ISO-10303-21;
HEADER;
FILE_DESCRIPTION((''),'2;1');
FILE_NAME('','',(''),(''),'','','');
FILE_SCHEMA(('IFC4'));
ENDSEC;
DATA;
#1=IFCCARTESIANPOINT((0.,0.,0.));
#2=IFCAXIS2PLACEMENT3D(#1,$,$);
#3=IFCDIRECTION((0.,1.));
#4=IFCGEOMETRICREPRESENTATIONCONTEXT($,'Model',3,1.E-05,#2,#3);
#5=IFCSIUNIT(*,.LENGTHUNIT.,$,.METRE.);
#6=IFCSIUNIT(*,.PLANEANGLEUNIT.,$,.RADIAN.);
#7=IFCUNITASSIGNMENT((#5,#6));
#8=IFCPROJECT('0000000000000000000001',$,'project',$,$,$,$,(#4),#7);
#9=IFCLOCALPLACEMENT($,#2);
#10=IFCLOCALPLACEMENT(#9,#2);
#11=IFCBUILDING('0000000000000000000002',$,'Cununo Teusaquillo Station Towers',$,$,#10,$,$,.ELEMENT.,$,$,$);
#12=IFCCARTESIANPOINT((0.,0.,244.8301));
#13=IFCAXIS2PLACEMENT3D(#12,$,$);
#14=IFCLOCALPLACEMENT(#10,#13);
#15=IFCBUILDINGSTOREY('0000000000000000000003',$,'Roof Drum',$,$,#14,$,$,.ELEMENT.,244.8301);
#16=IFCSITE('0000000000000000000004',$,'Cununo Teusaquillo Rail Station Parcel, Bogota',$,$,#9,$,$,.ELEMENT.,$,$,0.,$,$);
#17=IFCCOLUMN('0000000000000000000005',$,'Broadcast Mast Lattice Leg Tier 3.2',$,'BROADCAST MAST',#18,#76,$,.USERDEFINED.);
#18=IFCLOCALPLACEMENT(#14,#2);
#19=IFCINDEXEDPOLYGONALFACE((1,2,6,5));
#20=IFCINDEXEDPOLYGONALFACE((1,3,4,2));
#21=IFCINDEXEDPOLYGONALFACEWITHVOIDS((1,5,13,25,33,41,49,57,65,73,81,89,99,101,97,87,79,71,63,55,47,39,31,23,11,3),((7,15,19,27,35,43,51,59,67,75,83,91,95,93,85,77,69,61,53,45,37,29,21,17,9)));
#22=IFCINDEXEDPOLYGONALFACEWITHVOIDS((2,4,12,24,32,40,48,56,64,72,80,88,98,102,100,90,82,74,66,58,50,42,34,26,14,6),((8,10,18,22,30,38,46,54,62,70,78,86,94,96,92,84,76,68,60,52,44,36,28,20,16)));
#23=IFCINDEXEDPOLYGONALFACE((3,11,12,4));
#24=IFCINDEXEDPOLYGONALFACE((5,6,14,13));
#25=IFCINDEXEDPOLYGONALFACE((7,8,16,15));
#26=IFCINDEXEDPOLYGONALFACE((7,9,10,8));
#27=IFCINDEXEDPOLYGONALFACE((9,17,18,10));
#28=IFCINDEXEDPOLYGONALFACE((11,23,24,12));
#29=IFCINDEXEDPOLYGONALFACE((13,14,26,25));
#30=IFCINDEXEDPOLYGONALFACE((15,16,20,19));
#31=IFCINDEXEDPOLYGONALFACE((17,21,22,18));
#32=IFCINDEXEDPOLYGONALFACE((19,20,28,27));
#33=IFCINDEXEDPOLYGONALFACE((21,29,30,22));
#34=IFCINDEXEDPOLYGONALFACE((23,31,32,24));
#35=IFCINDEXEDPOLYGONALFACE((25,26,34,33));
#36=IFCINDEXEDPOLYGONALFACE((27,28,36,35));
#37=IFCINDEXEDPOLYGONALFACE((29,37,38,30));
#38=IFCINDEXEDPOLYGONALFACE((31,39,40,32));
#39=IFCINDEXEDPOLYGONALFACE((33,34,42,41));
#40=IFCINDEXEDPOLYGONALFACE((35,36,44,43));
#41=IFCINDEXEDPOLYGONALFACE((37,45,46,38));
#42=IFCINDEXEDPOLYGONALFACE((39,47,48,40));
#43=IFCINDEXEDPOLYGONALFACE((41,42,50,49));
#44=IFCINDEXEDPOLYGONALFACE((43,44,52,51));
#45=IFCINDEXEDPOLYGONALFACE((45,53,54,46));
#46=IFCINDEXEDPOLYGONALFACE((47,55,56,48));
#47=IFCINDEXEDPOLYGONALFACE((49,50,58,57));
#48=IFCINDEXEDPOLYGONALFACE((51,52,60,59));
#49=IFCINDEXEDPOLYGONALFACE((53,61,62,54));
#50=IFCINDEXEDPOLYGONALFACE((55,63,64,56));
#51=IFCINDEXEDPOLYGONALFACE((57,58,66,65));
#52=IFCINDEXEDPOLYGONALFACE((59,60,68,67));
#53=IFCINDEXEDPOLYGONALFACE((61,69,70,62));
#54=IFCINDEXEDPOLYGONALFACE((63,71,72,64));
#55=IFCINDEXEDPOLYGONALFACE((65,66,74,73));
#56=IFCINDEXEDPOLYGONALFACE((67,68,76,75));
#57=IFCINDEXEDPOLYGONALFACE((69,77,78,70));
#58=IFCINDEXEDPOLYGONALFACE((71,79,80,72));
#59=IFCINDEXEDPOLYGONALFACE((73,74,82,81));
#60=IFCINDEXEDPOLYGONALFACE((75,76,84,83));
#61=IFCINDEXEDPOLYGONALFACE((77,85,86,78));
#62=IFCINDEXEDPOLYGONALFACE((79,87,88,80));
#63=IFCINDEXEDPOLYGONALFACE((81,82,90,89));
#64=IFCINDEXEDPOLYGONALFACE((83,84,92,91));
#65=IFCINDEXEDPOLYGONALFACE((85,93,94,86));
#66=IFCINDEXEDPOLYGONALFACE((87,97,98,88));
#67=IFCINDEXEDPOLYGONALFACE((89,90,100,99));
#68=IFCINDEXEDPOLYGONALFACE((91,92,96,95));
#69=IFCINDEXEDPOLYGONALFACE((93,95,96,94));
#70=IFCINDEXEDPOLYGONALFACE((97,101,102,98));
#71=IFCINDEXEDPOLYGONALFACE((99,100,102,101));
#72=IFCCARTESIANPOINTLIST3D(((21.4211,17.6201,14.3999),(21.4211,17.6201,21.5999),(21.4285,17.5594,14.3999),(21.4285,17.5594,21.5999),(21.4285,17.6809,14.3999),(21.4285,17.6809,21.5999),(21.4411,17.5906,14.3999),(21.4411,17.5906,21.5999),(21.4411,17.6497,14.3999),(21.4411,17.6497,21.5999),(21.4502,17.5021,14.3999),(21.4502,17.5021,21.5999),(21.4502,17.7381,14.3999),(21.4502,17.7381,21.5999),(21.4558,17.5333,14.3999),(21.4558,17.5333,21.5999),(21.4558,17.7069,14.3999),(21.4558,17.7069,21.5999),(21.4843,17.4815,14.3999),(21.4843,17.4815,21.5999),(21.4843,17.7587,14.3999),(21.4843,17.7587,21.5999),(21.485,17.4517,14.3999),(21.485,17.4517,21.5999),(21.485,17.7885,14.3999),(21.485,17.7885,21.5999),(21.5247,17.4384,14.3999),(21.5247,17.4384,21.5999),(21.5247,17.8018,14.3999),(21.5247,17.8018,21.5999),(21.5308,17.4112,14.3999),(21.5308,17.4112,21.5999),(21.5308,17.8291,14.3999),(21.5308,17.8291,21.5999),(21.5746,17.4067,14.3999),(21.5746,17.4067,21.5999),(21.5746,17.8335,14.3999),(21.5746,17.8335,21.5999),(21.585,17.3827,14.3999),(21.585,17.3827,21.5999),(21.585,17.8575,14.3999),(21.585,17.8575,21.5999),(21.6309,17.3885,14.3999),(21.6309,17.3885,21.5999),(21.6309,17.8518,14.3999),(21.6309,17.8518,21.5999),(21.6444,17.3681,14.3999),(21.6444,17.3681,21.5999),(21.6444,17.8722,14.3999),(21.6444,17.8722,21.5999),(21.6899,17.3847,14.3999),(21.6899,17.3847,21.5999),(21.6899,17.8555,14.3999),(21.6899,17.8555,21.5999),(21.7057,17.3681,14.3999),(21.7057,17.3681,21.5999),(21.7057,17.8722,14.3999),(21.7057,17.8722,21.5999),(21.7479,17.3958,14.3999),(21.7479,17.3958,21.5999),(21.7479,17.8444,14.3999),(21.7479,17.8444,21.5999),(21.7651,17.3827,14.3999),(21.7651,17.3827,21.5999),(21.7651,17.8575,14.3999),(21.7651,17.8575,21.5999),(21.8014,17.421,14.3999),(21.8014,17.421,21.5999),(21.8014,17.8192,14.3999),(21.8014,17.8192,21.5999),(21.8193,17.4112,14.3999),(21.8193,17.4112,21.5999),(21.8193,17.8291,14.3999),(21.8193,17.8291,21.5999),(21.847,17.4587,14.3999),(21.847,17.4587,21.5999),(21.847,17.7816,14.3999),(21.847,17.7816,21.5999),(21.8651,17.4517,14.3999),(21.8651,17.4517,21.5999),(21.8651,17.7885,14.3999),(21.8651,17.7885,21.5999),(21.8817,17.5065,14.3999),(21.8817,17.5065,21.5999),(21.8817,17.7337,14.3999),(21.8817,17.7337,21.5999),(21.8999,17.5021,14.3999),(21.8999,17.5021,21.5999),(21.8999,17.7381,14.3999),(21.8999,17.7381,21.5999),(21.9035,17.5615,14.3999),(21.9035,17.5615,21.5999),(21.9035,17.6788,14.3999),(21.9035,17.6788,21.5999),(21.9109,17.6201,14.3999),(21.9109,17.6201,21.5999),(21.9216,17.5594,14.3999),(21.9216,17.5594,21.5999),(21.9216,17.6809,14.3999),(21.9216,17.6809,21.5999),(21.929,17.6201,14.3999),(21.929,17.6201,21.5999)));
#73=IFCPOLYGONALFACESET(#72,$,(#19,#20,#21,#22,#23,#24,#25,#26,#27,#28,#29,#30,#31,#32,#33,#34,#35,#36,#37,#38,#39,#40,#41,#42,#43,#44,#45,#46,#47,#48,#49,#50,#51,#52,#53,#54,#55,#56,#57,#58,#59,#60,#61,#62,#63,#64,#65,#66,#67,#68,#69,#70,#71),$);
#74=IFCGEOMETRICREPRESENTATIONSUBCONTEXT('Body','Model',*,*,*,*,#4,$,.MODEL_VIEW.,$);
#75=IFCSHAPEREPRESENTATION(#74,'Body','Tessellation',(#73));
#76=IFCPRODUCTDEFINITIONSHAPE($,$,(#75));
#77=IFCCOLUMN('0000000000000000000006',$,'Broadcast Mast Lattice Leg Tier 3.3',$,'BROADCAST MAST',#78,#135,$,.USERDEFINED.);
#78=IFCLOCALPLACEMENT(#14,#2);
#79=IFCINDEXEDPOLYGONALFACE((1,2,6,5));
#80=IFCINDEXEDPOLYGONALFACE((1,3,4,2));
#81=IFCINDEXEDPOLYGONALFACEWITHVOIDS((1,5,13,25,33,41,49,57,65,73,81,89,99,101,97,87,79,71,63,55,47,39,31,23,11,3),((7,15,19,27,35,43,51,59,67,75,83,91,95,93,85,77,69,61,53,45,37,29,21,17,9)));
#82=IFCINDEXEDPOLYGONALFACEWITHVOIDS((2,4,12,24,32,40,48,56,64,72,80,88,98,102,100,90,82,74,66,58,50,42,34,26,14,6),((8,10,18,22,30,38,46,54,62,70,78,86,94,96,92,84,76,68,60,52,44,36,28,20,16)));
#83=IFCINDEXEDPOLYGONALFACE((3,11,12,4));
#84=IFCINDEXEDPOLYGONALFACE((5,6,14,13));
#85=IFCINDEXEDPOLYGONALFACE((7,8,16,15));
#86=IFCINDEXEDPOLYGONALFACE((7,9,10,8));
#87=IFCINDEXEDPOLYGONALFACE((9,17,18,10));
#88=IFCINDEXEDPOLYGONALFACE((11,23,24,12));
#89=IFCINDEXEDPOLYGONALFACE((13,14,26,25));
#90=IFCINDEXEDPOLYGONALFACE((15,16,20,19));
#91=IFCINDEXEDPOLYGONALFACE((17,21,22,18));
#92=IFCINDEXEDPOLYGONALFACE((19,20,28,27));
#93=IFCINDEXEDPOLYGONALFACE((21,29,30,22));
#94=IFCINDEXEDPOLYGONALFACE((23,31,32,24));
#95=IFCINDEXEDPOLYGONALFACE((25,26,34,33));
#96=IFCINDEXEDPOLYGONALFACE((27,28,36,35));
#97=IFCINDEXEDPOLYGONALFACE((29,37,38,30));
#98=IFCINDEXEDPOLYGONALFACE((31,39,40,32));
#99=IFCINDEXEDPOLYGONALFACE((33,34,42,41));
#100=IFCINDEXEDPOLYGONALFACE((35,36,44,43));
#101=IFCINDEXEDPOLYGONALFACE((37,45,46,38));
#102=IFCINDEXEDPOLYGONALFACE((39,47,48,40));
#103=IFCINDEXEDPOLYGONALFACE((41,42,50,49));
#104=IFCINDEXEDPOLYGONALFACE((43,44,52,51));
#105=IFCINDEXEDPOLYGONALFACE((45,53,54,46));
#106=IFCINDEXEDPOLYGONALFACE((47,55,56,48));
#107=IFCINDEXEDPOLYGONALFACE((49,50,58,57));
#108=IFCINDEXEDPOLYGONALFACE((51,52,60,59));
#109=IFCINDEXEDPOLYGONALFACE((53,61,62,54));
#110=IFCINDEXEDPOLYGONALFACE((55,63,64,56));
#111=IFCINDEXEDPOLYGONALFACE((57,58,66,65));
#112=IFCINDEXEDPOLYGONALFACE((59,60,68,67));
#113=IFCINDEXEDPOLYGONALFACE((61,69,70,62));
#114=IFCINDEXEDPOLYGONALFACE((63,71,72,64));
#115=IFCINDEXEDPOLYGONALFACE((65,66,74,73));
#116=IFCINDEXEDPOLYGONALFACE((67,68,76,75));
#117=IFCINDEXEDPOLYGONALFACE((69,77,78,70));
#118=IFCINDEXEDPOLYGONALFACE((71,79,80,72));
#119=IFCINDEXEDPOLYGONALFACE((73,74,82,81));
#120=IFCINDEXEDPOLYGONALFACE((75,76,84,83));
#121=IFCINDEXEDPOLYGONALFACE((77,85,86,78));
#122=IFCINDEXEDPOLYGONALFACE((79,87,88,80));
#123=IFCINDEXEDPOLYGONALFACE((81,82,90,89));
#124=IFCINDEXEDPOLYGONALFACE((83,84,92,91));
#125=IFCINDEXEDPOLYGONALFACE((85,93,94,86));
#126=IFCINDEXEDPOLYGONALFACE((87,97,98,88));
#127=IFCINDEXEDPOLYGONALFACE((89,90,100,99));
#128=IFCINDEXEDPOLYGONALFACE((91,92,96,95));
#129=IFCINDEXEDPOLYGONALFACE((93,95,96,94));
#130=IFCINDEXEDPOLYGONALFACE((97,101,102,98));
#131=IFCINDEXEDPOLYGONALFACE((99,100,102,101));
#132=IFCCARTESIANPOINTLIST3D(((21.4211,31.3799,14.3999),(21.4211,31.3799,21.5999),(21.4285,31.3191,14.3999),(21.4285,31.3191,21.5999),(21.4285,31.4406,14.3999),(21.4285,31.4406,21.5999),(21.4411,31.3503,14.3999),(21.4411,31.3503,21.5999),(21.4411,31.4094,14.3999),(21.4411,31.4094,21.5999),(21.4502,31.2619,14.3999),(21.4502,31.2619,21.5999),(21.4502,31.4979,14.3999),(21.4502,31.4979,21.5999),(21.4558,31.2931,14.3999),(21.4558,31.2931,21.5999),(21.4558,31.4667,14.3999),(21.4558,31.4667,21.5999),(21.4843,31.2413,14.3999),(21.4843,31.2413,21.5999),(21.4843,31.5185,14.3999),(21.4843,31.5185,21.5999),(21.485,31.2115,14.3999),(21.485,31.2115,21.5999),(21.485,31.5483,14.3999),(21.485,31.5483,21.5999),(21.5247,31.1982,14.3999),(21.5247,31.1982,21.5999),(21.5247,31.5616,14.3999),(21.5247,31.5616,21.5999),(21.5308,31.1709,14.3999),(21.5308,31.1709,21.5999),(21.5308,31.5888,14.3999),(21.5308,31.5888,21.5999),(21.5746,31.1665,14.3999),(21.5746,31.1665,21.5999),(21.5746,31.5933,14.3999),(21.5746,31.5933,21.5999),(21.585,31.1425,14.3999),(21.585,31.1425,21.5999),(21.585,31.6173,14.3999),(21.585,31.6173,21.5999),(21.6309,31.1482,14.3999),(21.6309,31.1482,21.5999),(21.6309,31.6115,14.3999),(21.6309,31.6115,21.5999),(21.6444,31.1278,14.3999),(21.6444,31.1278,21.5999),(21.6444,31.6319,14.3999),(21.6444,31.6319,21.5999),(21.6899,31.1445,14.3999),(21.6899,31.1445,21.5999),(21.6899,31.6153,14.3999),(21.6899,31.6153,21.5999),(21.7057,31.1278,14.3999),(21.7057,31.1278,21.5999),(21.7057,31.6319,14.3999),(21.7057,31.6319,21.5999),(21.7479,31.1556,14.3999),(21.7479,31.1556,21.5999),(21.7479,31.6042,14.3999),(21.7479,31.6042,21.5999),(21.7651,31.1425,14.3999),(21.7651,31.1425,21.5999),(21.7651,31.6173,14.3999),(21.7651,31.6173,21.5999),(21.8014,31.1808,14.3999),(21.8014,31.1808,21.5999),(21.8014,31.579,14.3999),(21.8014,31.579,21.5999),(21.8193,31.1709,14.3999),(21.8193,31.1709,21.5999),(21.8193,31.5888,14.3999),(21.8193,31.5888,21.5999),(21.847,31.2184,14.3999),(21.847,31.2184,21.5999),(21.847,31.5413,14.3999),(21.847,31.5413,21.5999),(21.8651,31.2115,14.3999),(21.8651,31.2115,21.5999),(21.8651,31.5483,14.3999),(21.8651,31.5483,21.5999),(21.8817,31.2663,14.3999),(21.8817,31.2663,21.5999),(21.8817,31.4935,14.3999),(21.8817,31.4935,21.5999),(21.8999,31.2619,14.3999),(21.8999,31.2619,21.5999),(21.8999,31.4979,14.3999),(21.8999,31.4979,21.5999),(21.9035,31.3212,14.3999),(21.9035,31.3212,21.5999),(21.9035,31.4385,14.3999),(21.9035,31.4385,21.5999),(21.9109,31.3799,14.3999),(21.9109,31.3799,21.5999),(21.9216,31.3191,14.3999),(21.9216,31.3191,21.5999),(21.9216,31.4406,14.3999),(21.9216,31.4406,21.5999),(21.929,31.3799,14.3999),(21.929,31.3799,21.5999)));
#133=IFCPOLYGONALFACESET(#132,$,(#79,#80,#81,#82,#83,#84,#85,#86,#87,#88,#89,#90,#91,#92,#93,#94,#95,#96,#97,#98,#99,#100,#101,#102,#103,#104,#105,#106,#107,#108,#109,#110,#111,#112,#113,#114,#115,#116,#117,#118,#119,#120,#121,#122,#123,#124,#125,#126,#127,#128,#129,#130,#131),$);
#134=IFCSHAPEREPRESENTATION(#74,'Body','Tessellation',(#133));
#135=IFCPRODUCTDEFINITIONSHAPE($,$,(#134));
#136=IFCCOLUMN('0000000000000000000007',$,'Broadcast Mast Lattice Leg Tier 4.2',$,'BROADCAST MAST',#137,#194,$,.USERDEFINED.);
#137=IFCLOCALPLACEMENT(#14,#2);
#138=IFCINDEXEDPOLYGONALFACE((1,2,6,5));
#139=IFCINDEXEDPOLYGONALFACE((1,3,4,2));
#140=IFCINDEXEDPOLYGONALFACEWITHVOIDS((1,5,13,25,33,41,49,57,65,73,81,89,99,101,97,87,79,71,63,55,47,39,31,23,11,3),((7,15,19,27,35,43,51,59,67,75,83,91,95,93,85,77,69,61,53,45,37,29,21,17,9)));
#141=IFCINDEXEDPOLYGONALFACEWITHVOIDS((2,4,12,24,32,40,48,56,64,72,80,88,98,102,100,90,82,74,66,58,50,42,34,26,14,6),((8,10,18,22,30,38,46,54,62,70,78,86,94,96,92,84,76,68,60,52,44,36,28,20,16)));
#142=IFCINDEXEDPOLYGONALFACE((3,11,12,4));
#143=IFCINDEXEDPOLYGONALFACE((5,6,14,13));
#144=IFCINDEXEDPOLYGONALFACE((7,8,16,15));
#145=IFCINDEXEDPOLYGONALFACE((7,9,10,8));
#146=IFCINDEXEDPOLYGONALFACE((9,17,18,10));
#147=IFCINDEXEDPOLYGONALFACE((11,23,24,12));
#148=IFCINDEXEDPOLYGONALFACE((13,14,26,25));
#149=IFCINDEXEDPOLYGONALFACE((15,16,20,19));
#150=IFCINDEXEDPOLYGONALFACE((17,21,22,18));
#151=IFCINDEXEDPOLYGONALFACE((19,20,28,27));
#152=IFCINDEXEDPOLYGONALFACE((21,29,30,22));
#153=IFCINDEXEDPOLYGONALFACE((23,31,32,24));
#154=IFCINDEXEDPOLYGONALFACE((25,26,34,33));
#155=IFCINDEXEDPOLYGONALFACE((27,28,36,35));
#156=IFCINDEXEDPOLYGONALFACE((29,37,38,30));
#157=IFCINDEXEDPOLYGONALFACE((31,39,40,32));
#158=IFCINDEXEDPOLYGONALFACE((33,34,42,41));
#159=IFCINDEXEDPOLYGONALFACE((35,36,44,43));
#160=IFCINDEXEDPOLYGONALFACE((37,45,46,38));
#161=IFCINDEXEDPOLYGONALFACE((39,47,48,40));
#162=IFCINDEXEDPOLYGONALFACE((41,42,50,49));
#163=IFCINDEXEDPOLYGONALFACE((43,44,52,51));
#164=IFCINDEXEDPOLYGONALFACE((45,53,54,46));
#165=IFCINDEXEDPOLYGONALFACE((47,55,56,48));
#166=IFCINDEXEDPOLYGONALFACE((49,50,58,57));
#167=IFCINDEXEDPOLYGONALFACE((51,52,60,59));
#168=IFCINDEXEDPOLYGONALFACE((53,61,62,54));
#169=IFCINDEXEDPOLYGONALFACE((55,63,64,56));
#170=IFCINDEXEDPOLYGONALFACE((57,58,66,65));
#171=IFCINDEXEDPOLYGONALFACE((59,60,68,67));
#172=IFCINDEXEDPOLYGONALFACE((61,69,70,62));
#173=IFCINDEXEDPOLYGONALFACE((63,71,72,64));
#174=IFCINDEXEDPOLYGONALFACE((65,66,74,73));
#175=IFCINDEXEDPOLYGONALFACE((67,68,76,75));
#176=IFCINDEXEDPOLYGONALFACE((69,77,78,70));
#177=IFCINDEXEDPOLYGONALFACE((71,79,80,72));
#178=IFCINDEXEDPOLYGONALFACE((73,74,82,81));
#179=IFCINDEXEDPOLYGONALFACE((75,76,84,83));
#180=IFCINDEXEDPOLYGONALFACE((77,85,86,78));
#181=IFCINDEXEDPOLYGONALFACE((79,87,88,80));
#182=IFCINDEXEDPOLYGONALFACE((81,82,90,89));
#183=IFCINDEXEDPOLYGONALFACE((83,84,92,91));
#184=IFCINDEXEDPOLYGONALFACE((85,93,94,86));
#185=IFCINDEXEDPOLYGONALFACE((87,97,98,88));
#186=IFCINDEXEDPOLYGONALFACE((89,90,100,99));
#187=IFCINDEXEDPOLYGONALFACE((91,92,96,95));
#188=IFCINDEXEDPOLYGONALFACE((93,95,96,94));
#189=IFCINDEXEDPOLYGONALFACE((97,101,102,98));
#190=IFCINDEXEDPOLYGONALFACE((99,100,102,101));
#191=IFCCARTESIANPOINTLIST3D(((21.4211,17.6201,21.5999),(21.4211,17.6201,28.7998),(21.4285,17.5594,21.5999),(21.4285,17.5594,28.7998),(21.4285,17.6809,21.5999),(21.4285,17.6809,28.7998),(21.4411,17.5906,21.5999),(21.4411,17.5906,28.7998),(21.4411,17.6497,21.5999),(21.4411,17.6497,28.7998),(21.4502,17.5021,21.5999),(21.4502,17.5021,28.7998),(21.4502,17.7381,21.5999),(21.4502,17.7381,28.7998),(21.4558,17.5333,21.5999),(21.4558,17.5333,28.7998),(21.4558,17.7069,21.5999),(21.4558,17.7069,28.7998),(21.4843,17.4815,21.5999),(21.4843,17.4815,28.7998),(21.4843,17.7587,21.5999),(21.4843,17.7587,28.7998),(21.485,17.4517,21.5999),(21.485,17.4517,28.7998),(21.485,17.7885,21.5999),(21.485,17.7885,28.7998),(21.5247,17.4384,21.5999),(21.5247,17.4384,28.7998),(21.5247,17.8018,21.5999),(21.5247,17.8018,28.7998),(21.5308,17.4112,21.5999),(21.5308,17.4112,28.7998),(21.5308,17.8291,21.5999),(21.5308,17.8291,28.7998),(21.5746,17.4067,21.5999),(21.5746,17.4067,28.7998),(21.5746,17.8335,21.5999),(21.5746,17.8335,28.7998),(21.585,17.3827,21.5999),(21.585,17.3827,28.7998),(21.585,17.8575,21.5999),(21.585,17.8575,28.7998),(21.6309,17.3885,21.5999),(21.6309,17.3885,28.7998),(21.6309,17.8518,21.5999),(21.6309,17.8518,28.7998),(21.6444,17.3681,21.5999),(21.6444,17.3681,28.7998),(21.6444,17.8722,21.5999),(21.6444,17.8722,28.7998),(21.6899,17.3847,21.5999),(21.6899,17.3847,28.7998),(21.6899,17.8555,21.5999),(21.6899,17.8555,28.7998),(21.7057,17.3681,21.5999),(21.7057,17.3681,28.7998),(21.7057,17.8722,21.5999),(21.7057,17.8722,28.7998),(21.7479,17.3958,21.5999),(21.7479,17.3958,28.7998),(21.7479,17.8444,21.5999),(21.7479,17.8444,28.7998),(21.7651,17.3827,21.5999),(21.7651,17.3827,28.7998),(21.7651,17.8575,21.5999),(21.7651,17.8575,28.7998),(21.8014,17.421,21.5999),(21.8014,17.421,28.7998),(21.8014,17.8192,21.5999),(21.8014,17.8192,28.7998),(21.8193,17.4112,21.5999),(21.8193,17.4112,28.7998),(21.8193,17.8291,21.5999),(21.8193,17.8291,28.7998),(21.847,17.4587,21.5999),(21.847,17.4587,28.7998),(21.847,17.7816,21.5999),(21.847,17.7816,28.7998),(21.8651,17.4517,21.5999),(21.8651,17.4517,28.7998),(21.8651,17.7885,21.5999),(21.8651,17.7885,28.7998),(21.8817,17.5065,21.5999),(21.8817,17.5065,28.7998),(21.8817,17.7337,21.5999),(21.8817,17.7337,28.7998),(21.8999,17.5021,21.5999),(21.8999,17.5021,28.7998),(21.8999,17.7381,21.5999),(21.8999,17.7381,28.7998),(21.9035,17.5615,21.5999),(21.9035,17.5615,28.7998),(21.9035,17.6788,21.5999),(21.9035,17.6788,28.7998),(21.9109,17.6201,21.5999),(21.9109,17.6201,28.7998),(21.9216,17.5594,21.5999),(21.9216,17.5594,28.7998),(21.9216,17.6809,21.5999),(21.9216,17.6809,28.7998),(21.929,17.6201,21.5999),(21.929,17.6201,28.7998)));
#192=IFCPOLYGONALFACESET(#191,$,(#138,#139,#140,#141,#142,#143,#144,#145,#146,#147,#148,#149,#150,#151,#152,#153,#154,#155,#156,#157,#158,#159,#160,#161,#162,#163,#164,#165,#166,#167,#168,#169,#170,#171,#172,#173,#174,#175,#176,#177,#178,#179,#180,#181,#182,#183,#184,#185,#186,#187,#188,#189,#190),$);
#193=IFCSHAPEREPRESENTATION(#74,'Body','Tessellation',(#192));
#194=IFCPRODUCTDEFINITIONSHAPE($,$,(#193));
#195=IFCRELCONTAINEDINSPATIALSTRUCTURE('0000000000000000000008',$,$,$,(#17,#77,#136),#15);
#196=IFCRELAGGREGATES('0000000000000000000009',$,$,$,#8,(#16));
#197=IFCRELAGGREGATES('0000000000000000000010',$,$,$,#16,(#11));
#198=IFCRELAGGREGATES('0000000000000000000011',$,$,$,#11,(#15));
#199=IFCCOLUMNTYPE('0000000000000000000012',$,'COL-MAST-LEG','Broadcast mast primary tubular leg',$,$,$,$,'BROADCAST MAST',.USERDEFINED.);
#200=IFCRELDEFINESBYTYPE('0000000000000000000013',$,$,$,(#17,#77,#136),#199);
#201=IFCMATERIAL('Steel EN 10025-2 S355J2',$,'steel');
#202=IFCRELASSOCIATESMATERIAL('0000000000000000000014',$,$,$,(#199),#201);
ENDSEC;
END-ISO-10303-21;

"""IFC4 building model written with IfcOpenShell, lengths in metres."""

from ifc_helpers import new_model, si_unit, direction, frame, origin, origin_2d, place, context, subcontext, project, spatial, hollow_circle, extrude, material, material_profile, profile_set, type_object, element, save


model = new_model("IFC4")

# Units and contexts
model_context = context("Model", 3, precision=1e-05, world=origin(), true_north=direction((0.0, 1.0)))
body_context = subcontext(model_context, "Body", "Model", "MODEL_VIEW")
ifc_project = project(units=[si_unit("LENGTHUNIT", "METRE"), si_unit("PLANEANGLEUNIT", "RADIAN")], contexts=[model_context])

# Site, building, storey
site_placement = place(None, origin())
site = spatial("IfcSite", under=ifc_project, at=site_placement, Name="Cununo Teusaquillo Rail Station Parcel, Bogota", CompositionType="ELEMENT", RefElevation=0.0)
building_placement = place(site_placement, origin())
building = spatial("IfcBuilding", under=site, at=building_placement, Name="Cununo Teusaquillo Station Towers", CompositionType="ELEMENT")
storey_placement = place(building_placement, frame((0.0, 0.0, 244.8301)))
storey = spatial("IfcBuildingStorey", under=building, at=storey_placement, Name="Roof Drum", CompositionType="ELEMENT", Elevation=244.8301)

# Columns
ifc_material_1 = material(Name="Steel EN 10025-2 S355J2", Category="steel")
ifc_material_profile_1 = material_profile(ifc_material_1, hollow_circle(Radius=0.2539, WallThickness=0.0181, at=origin_2d()), Name="CHS 508x18")
ifc_profile_set_1 = profile_set([ifc_material_profile_1], Name="Steel EN 10025-2 S355J2")
column_type = type_object("IfcColumnType", Name="COL-MAST-LEG", Description="Broadcast mast primary tubular leg", ElementType="BROADCAST MAST", PredefinedType="USERDEFINED", material=ifc_profile_set_1)
for number, where, z_axis, x_axis, name in (
    (1, (21.675, 17.6201, 14.3999), (0.0, 0.0, 1.0), (1.0, 0.0, 0.0), "Broadcast Mast Lattice Leg Tier 3.2"),
    (2, (21.675, 31.3799, 14.3999), (0.0, 0.0, 1.0), (1.0, 0.0, 0.0), "Broadcast Mast Lattice Leg Tier 3.3"),
    (3, (21.675, 17.6201, 21.5999), (0.0, 0.0, 1.0), (1.0, 0.0, 0.0), "Broadcast Mast Lattice Leg Tier 4.2"),
):
    element("IfcColumn", number, at=place(storey_placement, frame(where, z_axis=z_axis, x_axis=x_axis)), inside=storey, type_object=column_type, Name=name, ObjectType="BROADCAST MAST", PredefinedType="USERDEFINED", context=body_context, shape_type="SweptSolid", body=[
        extrude(hollow_circle(Radius=0.2539, WallThickness=0.0181, at=origin_2d()), origin(), (0.0, 0.0, 1.0), 7.2),
    ])

save(model, "model.ifc")
